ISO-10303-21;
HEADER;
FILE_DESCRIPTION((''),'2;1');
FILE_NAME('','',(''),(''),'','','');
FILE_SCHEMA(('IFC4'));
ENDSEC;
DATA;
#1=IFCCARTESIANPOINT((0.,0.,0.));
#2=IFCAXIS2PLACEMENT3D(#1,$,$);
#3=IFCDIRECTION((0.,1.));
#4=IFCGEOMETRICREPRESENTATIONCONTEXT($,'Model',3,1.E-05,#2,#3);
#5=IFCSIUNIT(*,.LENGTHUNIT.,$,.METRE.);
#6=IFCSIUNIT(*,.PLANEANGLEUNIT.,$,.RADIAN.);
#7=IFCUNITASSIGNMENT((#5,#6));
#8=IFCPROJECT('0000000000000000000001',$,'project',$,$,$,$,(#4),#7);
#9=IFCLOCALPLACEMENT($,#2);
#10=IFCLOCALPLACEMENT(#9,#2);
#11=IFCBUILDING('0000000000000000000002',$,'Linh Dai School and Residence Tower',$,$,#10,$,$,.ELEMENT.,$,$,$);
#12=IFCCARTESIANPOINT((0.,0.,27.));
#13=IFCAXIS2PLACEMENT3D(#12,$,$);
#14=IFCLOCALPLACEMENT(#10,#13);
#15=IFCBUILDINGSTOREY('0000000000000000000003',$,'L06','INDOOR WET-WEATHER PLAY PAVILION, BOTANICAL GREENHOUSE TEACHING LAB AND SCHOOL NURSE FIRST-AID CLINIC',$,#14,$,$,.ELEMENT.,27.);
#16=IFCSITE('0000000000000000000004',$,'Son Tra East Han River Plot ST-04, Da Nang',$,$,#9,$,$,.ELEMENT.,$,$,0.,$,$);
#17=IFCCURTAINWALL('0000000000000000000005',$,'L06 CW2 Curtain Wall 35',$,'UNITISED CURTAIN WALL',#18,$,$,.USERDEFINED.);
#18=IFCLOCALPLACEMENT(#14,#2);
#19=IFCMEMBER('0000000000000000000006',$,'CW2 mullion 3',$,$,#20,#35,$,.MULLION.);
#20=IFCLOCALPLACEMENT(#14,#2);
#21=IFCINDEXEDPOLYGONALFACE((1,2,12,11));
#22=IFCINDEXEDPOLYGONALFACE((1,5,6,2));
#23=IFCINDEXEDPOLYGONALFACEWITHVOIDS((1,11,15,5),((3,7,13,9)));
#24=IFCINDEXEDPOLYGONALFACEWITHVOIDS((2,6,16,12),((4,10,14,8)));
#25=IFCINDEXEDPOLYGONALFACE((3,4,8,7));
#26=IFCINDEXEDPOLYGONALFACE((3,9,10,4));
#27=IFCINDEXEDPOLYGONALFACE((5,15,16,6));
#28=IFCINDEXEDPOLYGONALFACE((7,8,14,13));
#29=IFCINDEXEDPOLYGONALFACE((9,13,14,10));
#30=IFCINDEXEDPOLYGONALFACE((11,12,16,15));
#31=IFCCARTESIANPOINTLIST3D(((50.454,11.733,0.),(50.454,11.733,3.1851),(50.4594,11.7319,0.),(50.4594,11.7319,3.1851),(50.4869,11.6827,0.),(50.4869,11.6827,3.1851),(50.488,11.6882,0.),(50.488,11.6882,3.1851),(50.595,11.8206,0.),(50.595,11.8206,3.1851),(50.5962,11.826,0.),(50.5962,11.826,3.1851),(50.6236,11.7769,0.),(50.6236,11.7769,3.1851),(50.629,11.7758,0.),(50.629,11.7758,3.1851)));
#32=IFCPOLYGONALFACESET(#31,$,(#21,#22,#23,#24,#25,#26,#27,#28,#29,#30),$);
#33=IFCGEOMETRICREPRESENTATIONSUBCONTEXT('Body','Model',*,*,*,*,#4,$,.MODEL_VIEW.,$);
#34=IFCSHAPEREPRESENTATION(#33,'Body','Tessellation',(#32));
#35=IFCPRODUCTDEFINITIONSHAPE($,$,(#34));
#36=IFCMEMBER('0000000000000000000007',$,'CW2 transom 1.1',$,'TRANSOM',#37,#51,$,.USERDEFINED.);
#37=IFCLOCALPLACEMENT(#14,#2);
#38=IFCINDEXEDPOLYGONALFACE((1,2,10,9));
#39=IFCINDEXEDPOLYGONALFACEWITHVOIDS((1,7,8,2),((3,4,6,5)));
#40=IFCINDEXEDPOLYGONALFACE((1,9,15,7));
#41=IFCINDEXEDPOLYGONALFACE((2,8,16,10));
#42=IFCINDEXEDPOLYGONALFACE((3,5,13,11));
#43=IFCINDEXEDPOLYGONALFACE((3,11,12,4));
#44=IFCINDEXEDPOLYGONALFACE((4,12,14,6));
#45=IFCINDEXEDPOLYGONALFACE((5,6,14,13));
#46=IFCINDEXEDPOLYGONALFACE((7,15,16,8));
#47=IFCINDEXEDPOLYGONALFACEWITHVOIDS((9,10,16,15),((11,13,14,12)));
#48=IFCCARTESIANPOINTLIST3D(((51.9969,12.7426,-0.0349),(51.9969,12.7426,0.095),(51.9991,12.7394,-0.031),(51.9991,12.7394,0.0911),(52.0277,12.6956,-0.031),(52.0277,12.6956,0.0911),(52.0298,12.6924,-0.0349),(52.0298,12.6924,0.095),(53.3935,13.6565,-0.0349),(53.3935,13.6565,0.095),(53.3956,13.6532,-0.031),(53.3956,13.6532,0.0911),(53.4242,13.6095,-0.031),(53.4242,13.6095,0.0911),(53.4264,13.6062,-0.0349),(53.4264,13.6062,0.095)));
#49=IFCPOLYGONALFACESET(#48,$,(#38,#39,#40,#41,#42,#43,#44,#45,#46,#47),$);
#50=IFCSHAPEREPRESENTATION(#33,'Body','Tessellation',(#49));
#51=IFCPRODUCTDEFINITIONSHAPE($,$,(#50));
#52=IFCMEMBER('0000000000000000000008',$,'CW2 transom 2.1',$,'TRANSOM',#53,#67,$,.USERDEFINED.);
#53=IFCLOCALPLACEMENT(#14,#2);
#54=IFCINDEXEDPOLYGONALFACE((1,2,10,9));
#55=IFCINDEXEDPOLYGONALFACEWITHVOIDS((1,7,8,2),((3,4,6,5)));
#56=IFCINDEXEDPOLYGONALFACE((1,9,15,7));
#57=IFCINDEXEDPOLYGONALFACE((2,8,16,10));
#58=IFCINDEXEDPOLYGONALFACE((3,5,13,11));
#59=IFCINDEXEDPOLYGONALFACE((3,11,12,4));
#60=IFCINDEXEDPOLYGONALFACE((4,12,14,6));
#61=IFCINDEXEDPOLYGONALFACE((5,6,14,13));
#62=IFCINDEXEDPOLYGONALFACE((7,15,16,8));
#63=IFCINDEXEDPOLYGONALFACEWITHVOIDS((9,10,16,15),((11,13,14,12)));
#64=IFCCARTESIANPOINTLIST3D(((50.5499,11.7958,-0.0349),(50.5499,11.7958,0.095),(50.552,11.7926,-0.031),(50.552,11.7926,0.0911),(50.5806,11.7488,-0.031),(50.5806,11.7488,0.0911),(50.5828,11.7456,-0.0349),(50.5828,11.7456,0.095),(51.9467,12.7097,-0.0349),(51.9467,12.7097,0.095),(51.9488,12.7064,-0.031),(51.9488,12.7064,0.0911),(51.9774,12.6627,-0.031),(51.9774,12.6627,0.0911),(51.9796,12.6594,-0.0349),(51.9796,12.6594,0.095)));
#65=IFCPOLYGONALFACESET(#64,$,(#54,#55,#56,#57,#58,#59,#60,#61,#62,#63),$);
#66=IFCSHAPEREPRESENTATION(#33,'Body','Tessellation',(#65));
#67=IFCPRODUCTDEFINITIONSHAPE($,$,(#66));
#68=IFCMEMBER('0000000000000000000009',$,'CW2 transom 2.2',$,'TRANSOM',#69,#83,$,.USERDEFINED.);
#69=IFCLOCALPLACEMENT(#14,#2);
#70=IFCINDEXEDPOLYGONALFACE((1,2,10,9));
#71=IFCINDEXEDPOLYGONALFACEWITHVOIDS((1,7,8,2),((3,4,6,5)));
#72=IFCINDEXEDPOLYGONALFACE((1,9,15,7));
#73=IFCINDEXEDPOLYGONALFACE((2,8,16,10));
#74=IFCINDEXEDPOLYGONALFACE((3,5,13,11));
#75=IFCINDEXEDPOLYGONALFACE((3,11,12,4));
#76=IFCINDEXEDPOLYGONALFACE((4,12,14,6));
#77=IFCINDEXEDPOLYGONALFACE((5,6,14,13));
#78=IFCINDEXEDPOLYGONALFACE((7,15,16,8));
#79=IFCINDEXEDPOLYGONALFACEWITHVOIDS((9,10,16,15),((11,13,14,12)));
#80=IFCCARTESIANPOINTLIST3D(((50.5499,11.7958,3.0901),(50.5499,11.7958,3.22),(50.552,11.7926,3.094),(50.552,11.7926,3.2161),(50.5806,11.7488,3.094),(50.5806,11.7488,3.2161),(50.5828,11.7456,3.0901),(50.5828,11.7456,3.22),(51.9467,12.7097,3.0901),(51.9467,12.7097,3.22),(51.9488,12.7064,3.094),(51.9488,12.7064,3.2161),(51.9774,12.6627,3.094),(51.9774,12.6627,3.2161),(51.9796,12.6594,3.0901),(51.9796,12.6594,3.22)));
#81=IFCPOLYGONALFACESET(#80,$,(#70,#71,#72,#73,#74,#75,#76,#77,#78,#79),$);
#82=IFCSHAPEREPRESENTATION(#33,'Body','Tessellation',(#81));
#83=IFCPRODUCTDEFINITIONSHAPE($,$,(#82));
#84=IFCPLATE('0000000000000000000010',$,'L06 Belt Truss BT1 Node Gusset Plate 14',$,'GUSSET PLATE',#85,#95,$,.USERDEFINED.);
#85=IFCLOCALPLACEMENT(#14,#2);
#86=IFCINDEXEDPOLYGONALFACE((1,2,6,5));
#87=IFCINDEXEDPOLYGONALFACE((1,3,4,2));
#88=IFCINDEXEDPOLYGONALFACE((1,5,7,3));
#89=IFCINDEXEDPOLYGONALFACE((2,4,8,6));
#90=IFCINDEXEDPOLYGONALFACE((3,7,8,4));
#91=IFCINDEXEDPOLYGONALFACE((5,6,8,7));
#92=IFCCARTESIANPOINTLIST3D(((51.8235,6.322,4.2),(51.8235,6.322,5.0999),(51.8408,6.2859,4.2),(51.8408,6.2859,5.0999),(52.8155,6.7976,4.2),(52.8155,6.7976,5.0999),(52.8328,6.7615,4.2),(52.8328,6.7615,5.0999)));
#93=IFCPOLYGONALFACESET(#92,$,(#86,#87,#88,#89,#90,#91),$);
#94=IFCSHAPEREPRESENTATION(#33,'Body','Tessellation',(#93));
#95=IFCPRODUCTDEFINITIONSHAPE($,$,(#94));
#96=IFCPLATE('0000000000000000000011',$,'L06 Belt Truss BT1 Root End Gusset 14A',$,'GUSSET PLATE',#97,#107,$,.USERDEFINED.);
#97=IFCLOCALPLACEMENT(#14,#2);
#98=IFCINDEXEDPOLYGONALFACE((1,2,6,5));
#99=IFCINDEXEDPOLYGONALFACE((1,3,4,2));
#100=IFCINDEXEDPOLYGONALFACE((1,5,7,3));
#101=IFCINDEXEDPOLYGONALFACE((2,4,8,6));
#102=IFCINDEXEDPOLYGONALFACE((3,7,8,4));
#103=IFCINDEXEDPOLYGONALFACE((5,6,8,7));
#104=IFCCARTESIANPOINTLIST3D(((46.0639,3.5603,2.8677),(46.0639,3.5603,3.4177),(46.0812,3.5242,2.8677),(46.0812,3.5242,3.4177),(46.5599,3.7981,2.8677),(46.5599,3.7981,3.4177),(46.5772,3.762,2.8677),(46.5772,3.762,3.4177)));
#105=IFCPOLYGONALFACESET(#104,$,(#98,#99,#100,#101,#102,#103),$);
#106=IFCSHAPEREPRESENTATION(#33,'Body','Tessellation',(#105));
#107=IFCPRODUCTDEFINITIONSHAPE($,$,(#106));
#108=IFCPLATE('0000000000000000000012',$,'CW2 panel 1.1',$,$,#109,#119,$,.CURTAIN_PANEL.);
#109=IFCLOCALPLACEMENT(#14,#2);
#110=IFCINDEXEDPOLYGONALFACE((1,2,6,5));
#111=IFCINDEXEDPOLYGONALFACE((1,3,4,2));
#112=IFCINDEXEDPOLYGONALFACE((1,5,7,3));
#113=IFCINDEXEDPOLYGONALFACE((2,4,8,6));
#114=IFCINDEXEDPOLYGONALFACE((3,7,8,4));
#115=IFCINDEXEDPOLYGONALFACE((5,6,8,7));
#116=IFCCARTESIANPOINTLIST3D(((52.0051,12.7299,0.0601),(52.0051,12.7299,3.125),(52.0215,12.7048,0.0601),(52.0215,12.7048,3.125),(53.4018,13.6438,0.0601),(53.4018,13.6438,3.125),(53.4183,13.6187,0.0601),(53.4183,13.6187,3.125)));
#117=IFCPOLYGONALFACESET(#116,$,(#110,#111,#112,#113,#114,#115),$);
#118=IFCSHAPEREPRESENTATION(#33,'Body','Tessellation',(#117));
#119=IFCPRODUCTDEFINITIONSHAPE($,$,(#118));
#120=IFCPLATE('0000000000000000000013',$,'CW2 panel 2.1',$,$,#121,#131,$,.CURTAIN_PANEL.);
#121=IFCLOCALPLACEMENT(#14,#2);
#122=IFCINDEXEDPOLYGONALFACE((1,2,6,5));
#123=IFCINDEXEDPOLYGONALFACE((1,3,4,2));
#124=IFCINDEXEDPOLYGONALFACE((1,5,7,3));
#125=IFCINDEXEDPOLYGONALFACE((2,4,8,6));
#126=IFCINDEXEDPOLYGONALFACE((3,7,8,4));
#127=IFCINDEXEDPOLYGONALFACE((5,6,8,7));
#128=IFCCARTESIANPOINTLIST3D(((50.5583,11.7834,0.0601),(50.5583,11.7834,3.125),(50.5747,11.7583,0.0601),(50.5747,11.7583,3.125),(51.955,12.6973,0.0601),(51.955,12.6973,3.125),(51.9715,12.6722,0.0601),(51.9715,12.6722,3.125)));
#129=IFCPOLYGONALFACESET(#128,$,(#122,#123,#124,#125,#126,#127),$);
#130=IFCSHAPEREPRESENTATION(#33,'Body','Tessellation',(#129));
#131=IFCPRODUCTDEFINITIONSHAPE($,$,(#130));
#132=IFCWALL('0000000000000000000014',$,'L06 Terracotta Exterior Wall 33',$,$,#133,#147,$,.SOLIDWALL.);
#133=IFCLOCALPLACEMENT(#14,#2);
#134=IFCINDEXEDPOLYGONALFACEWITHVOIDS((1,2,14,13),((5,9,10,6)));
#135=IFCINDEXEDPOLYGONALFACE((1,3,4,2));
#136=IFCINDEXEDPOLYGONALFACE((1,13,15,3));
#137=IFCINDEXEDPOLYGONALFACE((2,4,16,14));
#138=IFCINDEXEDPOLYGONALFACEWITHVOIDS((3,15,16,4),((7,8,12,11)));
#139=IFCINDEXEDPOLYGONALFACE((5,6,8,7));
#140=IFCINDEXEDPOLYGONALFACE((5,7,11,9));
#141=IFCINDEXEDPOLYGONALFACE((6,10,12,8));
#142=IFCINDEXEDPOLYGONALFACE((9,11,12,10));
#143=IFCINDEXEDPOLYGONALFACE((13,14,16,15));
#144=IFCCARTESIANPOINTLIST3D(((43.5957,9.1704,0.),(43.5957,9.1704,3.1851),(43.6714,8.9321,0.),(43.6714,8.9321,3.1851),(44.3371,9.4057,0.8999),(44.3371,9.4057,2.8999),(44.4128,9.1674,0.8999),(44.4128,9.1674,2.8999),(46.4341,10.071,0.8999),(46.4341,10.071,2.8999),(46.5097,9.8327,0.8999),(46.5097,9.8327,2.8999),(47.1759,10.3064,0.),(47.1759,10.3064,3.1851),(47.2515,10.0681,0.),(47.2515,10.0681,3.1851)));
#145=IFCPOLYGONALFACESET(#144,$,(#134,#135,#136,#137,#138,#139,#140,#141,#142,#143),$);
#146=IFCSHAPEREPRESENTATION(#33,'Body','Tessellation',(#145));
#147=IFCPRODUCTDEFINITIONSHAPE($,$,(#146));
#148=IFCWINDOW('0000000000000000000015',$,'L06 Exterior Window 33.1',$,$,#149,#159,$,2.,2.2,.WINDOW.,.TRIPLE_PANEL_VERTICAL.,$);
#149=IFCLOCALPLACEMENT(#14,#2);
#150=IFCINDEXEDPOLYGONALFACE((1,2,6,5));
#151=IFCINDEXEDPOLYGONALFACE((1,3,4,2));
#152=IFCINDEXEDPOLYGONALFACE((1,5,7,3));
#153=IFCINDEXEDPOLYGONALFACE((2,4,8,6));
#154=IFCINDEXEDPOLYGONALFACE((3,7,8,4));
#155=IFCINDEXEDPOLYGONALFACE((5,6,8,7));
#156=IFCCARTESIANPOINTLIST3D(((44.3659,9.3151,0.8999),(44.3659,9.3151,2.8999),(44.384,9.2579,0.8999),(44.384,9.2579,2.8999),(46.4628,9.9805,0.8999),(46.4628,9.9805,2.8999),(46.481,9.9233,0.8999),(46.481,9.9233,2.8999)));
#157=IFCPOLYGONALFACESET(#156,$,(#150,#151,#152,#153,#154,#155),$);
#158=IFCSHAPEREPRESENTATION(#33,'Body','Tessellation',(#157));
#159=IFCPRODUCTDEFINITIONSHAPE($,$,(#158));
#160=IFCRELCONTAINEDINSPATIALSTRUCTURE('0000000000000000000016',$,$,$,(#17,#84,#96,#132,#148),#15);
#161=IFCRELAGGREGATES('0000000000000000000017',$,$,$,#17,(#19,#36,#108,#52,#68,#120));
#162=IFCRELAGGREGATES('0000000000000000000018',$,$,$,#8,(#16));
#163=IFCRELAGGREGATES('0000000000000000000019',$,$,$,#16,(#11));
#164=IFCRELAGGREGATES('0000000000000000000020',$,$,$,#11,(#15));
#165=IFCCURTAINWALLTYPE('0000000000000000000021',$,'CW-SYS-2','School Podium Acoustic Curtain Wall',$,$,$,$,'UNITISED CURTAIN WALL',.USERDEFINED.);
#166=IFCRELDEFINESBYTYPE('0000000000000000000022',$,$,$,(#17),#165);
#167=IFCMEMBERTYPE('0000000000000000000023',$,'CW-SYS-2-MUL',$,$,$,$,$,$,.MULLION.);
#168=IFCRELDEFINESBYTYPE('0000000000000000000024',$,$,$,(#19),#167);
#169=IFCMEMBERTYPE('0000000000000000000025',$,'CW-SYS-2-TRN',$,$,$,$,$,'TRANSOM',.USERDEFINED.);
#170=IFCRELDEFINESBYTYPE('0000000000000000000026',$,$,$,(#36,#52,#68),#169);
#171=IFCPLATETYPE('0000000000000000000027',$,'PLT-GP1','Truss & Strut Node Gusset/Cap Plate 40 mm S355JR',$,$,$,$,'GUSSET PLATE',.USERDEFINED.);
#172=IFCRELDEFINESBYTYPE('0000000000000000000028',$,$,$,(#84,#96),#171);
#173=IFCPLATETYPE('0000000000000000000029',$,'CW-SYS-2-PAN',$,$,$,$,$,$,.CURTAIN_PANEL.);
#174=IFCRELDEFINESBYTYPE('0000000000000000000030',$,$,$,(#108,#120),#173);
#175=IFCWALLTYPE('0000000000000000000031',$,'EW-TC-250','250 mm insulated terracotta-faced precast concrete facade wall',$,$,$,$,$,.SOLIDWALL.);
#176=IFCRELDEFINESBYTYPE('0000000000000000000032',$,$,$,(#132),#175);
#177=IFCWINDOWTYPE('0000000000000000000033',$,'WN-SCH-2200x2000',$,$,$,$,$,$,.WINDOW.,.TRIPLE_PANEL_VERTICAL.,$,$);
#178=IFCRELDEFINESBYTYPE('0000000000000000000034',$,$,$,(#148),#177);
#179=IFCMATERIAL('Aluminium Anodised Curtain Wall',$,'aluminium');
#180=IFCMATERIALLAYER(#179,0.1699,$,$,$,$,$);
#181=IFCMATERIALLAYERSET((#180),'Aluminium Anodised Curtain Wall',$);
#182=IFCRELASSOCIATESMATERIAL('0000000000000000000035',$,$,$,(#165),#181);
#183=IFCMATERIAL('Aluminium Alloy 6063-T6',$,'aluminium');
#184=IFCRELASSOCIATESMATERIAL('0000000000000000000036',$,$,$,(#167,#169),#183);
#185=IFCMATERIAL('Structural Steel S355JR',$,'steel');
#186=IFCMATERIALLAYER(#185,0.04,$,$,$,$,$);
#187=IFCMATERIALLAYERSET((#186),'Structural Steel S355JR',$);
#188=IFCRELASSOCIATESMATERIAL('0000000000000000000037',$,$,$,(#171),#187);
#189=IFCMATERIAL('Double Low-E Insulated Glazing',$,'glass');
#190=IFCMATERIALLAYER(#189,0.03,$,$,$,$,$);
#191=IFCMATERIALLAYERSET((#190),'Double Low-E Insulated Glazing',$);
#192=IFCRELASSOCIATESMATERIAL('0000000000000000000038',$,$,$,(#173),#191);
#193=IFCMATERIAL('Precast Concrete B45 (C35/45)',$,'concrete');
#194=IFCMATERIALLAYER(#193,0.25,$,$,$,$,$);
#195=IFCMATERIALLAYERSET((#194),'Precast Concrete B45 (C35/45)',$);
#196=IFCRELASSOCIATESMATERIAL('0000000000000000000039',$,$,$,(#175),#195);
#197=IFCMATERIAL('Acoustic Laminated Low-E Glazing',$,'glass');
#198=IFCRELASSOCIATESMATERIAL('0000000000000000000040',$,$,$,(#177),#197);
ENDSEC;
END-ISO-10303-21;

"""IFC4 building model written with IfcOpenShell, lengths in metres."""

from ifc_helpers import new_model, si_unit, direction, frame, frame_2d, origin, origin_2d, place, context, subcontext, project, spatial, rectangle, hollow_rectangle, extrude, source, transform, mapped, material, layer, layer_set, material_profile, profile_set, type_object, element, fill, aggregate, save


model = new_model("IFC4")

# Units and contexts
model_context = context("Model", 3, precision=1e-05, world=origin(), true_north=direction((0.0, 1.0)))
body_context = subcontext(model_context, "Body", "Model", "MODEL_VIEW")
ifc_project = project(units=[si_unit("LENGTHUNIT", "METRE"), si_unit("PLANEANGLEUNIT", "RADIAN")], contexts=[model_context])

# Site, building, storey
site_placement = place(None, origin())
site = spatial("IfcSite", under=ifc_project, at=site_placement, Name="Son Tra East Han River Plot ST-04, Da Nang", CompositionType="ELEMENT", RefElevation=0.0)
building_placement = place(site_placement, origin())
building = spatial("IfcBuilding", under=site, at=building_placement, Name="Linh Dai School and Residence Tower", CompositionType="ELEMENT")
storey_placement = place(building_placement, frame((0.0, 0.0, 27.0)))
storey = spatial("IfcBuildingStorey", under=building, at=storey_placement, Name="L06", Description="INDOOR WET-WEATHER PLAY PAVILION, BOTANICAL GREENHOUSE TEACHING LAB AND SCHOOL NURSE FIRST-AID CLINIC", CompositionType="ELEMENT", Elevation=27.0)

# Shared definitions
ifc_material_1 = material(Name="Structural Steel S355JR", Category="steel")

# Curtain wall, members
ifc_material_2 = material(Name="Aluminium Anodised Curtain Wall", Category="aluminium")
ifc_layer_1 = layer(ifc_material_2, 0.1699)
ifc_layer_set_1 = layer_set([ifc_layer_1], Name="Aluminium Anodised Curtain Wall")
curtain_wall_type = type_object("IfcCurtainWallType", Name="CW-SYS-2", Description="School Podium Acoustic Curtain Wall", ElementType="UNITISED CURTAIN WALL", PredefinedType="USERDEFINED", material=ifc_layer_set_1)
curtain_wall_placement = place(storey_placement, origin())
curtain_wall = element("IfcCurtainWall", 1, at=curtain_wall_placement, inside=storey, type_object=curtain_wall_type, Name="L06 CW2 Curtain Wall 35", ObjectType="UNITISED CURTAIN WALL", PredefinedType="USERDEFINED")
ifc_material_3 = material(Name="Aluminium Alloy 6063-T6", Category="aluminium")
ifc_material_profile_1 = material_profile(ifc_material_3, hollow_rectangle(XDim=0.0601, YDim=0.1699, WallThickness=0.0039, at=origin_2d()), Name="RHS 170x60x4")
ifc_profile_set_1 = profile_set([ifc_material_profile_1], Name="Aluminium Alloy 6063-T6")
member_type_1 = type_object("IfcMemberType", Name="CW-SYS-2-MUL", PredefinedType="MULLION", material=ifc_profile_set_1)
shared_shape_1 = source(origin(), body_context, "Body", "SweptSolid", [
    extrude(hollow_rectangle(XDim=0.0601, YDim=0.1699, WallThickness=0.0039, at=origin_2d()), origin(), (0.0, 0.0, 1.0), 3.1851),
])
member_1_placement = place(storey_placement, frame((50.5415, 11.7544, 0.0), z_axis=(0.0, 0.0, 1.0), x_axis=(0.54753, -0.836786, 0.0)))
member_1 = element("IfcMember", 2, at=member_1_placement, type_object=member_type_1, Name="CW2 mullion 3", PredefinedType="MULLION", context=body_context, shape_type="MappedRepresentation", body=[
    mapped(shared_shape_1, transform((0.0, 0.0, 0.0), x_axis=(1.0, 0.0, 0.0), y_axis=(0.0, 1.0, 0.0), z_axis=(0.0, 0.0, 1.0), scale=1.0)),
])
ifc_material_profile_2 = material_profile(ifc_material_3, hollow_rectangle(XDim=0.0601, YDim=0.1299, WallThickness=0.0039, at=origin_2d()), Name="RHS 130x60x4")
ifc_profile_set_2 = profile_set([ifc_material_profile_2], Name="Aluminium Alloy 6063-T6")
member_type_2 = type_object("IfcMemberType", Name="CW-SYS-2-TRN", ElementType="TRANSOM", PredefinedType="USERDEFINED", material=ifc_profile_set_2)
shared_shape_2 = source(origin(), body_context, "Body", "SweptSolid", [
    extrude(hollow_rectangle(XDim=0.0601, YDim=0.1299, WallThickness=0.0039, at=origin_2d()), origin(), (0.0, 0.0, 1.0), 1.6689),
])
member_2_placement = place(storey_placement, frame((53.4099, 13.6313, 0.03), z_axis=(-0.836769, -0.547557, 0.0), x_axis=(0.547557, -0.836769, 0.0)))
member_2 = element("IfcMember", 3, at=member_2_placement, type_object=member_type_2, Name="CW2 transom 1.1", ObjectType="TRANSOM", PredefinedType="USERDEFINED", context=body_context, shape_type="MappedRepresentation", body=[
    mapped(shared_shape_2, transform((0.0, 0.0, 0.0), x_axis=(1.0, 0.0, 0.0), y_axis=(0.0, 1.0, 0.0), z_axis=(0.0, 0.0, 1.0), scale=1.0)),
])
shared_shape_3 = source(origin(), body_context, "Body", "SweptSolid", [
    extrude(hollow_rectangle(XDim=0.0601, YDim=0.1299, WallThickness=0.0039, at=origin_2d()), origin(), (0.0, 0.0, 1.0), 1.6692),
])
member_3_placement = place(storey_placement, frame((51.9631, 12.6846, 0.03), z_axis=(-0.836812, -0.54749, 0.0), x_axis=(0.54749, -0.836812, 0.0)))
member_3 = element("IfcMember", 4, at=member_3_placement, type_object=member_type_2, Name="CW2 transom 2.1", ObjectType="TRANSOM", PredefinedType="USERDEFINED", context=body_context, shape_type="MappedRepresentation", body=[
    mapped(shared_shape_3, transform((0.0, 0.0, 0.0), x_axis=(1.0, 0.0, 0.0), y_axis=(0.0, 1.0, 0.0), z_axis=(0.0, 0.0, 1.0), scale=1.0)),
])
member_4_placement = place(storey_placement, frame((51.9631, 12.6846, 3.155), z_axis=(-0.836812, -0.54749, 0.0), x_axis=(0.54749, -0.836812, 0.0)))
member_4 = element("IfcMember", 5, at=member_4_placement, type_object=member_type_2, Name="CW2 transom 2.2", ObjectType="TRANSOM", PredefinedType="USERDEFINED", context=body_context, shape_type="MappedRepresentation", body=[
    mapped(shared_shape_3, transform((0.0, 0.0, 0.0), x_axis=(1.0, 0.0, 0.0), y_axis=(0.0, 1.0, 0.0), z_axis=(0.0, 0.0, 1.0), scale=1.0)),
])

# Plates
ifc_layer_2 = layer(ifc_material_1, 0.04)
ifc_layer_set_2 = layer_set([ifc_layer_2], Name="Structural Steel S355JR")
plate_type_1 = type_object("IfcPlateType", Name="PLT-GP1", Description="Truss & Strut Node Gusset/Cap Plate 40 mm S355JR", ElementType="GUSSET PLATE", PredefinedType="USERDEFINED", material=ifc_layer_set_2)
shared_shape_4 = source(origin(), body_context, "Body", "SweptSolid", [
    extrude(rectangle(XDim=1.1001, YDim=0.04, at=origin_2d()), origin(), (0.0, 0.0, 1.0), 0.8999),
])
plate_1_placement = place(storey_placement, frame((52.3281, 6.5417, 4.2), z_axis=(0.0, 0.0, 1.0), x_axis=(0.901704, 0.432355, 0.0)))
element("IfcPlate", 6, at=plate_1_placement, inside=storey, type_object=plate_type_1, Name="L06 Belt Truss BT1 Node Gusset Plate 14", ObjectType="GUSSET PLATE", PredefinedType="USERDEFINED", context=body_context, shape_type="MappedRepresentation", body=[
    mapped(shared_shape_4, transform((0.0, 0.0, 0.0), x_axis=(1.0, 0.0, 0.0), y_axis=(0.0, 1.0, 0.0), z_axis=(0.0, 0.0, 1.0), scale=1.0)),
])
shared_shape_5 = source(origin(), body_context, "Body", "SweptSolid", [
    extrude(rectangle(XDim=0.55, YDim=0.04, at=origin_2d()), origin(), (0.0, 0.0, 1.0), 0.55),
])
plate_2_placement = place(storey_placement, frame((46.3206, 3.6611, 2.8677), z_axis=(0.0, 0.0, 1.0), x_axis=(0.901704, 0.432355, 0.0)))
element("IfcPlate", 7, at=plate_2_placement, inside=storey, type_object=plate_type_1, Name="L06 Belt Truss BT1 Root End Gusset 14A", ObjectType="GUSSET PLATE", PredefinedType="USERDEFINED", context=body_context, shape_type="MappedRepresentation", body=[
    mapped(shared_shape_5, transform((0.0, 0.0, 0.0), x_axis=(1.0, 0.0, 0.0), y_axis=(0.0, 1.0, 0.0), z_axis=(0.0, 0.0, 1.0), scale=1.0)),
])

# Plates
ifc_material_4 = material(Name="Double Low-E Insulated Glazing", Category="glass")
ifc_layer_3 = layer(ifc_material_4, 0.03)
ifc_layer_set_3 = layer_set([ifc_layer_3], Name="Double Low-E Insulated Glazing")
plate_type_2 = type_object("IfcPlateType", Name="CW-SYS-2-PAN", PredefinedType="CURTAIN_PANEL", material=ifc_layer_set_3)
shared_shape_6 = source(origin(), body_context, "Body", "SweptSolid", [
    extrude(rectangle(XDim=1.6692, YDim=0.03, at=origin_2d()), origin(), (0.0, 0.0, 1.0), 3.0649),
])
plate_3_placement = place(storey_placement, frame((52.7117, 13.1743, 0.0601), z_axis=(0.0, 0.0, 1.0), x_axis=(-0.836786, -0.54753, 0.0)))
plate_3 = element("IfcPlate", 8, at=plate_3_placement, type_object=plate_type_2, Name="CW2 panel 1.1", PredefinedType="CURTAIN_PANEL", context=body_context, shape_type="MappedRepresentation", body=[
    mapped(shared_shape_6, transform((0.0, 0.0, 0.0), x_axis=(1.0, 0.0, 0.0), y_axis=(0.0, 1.0, 0.0), z_axis=(0.0, 0.0, 1.0), scale=1.0)),
])
plate_4_placement = place(storey_placement, frame((51.2649, 12.2278, 0.0601), z_axis=(0.0, 0.0, 1.0), x_axis=(-0.836786, -0.54753, 0.0)))
plate_4 = element("IfcPlate", 9, at=plate_4_placement, type_object=plate_type_2, Name="CW2 panel 2.1", PredefinedType="CURTAIN_PANEL", context=body_context, shape_type="MappedRepresentation", body=[
    mapped(shared_shape_6, transform((0.0, 0.0, 0.0), x_axis=(1.0, 0.0, 0.0), y_axis=(0.0, 1.0, 0.0), z_axis=(0.0, 0.0, 1.0), scale=1.0)),
])
aggregate(curtain_wall, [member_1, member_2, plate_3, member_3, member_4, plate_4])

# Wall, opening, window
ifc_material_5 = material(Name="Precast Concrete B45 (C35/45)", Category="concrete")
ifc_layer_4 = layer(ifc_material_5, 0.25)
ifc_layer_set_4 = layer_set([ifc_layer_4], Name="Precast Concrete B45 (C35/45)")
wall_type_1 = type_object("IfcWallType", Name="EW-TC-250", Description="250 mm insulated terracotta-faced precast concrete facade wall", PredefinedType="SOLIDWALL", material=ifc_layer_set_4)
wall_1_placement = place(storey_placement, frame((47.2136, 10.1873, 0.0), z_axis=(0.0, 0.0, 1.0), x_axis=(-0.953166, -0.302447, 0.0)))
wall_1 = element("IfcWall", 10, at=wall_1_placement, inside=storey, type_object=wall_type_1, Name="L06 Terracotta Exterior Wall 33", PredefinedType="SOLIDWALL", context=body_context, shape_type="SweptSolid", body=[
    extrude(rectangle(XDim=3.7561, YDim=0.25, at=frame_2d((1.8779, 0.0))), origin(), (0.0, 0.0, 1.0), 3.1851),
])
opening_1_placement = place(wall_1_placement, frame((0.7781, 0.0, 0.8999)))
opening_1 = element("IfcOpeningElement", 11, at=opening_1_placement, cuts=wall_1, PredefinedType="OPENING", context=body_context, shape_type="SweptSolid", body=[
    extrude(rectangle(XDim=2.2, YDim=2.0, at=origin_2d()), frame((1.1001, 0.135, 1.0), z_axis=(0.0, -1.0, 0.0), x_axis=(1.0, 0.0, 0.0)), (0.0, 0.0, 1.0), 0.27),
])
ifc_material_6 = material(Name="Acoustic Laminated Low-E Glazing", Category="glass")
window_type_1 = type_object("IfcWindowType", Name="WN-SCH-2200x2000", PartitioningType="TRIPLE_PANEL_VERTICAL", PredefinedType="WINDOW", material=ifc_material_6)
shared_shape_7 = source(origin(), body_context, "Body", "SweptSolid", [
    extrude(rectangle(XDim=2.2, YDim=2.0, at=origin_2d()), frame((1.1001, 0.03, 1.0), z_axis=(0.0, -1.0, 0.0), x_axis=(1.0, 0.0, 0.0)), (0.0, 0.0, 1.0), 0.0601),
])
window_1_placement = place(opening_1_placement, origin())
window_1 = element("IfcWindow", 12, at=window_1_placement, inside=storey, type_object=window_type_1, Name="L06 Exterior Window 33.1", OverallHeight=2.0, OverallWidth=2.2, PartitioningType="TRIPLE_PANEL_VERTICAL", PredefinedType="WINDOW", context=body_context, shape_type="MappedRepresentation", body=[
    mapped(shared_shape_7, transform((0.0, 0.0, 0.0), x_axis=(1.0, 0.0, 0.0), y_axis=(0.0, 1.0, 0.0), z_axis=(0.0, 0.0, 1.0), scale=1.0)),
])
fill(opening_1, window_1)

save(model, "model.ifc")
